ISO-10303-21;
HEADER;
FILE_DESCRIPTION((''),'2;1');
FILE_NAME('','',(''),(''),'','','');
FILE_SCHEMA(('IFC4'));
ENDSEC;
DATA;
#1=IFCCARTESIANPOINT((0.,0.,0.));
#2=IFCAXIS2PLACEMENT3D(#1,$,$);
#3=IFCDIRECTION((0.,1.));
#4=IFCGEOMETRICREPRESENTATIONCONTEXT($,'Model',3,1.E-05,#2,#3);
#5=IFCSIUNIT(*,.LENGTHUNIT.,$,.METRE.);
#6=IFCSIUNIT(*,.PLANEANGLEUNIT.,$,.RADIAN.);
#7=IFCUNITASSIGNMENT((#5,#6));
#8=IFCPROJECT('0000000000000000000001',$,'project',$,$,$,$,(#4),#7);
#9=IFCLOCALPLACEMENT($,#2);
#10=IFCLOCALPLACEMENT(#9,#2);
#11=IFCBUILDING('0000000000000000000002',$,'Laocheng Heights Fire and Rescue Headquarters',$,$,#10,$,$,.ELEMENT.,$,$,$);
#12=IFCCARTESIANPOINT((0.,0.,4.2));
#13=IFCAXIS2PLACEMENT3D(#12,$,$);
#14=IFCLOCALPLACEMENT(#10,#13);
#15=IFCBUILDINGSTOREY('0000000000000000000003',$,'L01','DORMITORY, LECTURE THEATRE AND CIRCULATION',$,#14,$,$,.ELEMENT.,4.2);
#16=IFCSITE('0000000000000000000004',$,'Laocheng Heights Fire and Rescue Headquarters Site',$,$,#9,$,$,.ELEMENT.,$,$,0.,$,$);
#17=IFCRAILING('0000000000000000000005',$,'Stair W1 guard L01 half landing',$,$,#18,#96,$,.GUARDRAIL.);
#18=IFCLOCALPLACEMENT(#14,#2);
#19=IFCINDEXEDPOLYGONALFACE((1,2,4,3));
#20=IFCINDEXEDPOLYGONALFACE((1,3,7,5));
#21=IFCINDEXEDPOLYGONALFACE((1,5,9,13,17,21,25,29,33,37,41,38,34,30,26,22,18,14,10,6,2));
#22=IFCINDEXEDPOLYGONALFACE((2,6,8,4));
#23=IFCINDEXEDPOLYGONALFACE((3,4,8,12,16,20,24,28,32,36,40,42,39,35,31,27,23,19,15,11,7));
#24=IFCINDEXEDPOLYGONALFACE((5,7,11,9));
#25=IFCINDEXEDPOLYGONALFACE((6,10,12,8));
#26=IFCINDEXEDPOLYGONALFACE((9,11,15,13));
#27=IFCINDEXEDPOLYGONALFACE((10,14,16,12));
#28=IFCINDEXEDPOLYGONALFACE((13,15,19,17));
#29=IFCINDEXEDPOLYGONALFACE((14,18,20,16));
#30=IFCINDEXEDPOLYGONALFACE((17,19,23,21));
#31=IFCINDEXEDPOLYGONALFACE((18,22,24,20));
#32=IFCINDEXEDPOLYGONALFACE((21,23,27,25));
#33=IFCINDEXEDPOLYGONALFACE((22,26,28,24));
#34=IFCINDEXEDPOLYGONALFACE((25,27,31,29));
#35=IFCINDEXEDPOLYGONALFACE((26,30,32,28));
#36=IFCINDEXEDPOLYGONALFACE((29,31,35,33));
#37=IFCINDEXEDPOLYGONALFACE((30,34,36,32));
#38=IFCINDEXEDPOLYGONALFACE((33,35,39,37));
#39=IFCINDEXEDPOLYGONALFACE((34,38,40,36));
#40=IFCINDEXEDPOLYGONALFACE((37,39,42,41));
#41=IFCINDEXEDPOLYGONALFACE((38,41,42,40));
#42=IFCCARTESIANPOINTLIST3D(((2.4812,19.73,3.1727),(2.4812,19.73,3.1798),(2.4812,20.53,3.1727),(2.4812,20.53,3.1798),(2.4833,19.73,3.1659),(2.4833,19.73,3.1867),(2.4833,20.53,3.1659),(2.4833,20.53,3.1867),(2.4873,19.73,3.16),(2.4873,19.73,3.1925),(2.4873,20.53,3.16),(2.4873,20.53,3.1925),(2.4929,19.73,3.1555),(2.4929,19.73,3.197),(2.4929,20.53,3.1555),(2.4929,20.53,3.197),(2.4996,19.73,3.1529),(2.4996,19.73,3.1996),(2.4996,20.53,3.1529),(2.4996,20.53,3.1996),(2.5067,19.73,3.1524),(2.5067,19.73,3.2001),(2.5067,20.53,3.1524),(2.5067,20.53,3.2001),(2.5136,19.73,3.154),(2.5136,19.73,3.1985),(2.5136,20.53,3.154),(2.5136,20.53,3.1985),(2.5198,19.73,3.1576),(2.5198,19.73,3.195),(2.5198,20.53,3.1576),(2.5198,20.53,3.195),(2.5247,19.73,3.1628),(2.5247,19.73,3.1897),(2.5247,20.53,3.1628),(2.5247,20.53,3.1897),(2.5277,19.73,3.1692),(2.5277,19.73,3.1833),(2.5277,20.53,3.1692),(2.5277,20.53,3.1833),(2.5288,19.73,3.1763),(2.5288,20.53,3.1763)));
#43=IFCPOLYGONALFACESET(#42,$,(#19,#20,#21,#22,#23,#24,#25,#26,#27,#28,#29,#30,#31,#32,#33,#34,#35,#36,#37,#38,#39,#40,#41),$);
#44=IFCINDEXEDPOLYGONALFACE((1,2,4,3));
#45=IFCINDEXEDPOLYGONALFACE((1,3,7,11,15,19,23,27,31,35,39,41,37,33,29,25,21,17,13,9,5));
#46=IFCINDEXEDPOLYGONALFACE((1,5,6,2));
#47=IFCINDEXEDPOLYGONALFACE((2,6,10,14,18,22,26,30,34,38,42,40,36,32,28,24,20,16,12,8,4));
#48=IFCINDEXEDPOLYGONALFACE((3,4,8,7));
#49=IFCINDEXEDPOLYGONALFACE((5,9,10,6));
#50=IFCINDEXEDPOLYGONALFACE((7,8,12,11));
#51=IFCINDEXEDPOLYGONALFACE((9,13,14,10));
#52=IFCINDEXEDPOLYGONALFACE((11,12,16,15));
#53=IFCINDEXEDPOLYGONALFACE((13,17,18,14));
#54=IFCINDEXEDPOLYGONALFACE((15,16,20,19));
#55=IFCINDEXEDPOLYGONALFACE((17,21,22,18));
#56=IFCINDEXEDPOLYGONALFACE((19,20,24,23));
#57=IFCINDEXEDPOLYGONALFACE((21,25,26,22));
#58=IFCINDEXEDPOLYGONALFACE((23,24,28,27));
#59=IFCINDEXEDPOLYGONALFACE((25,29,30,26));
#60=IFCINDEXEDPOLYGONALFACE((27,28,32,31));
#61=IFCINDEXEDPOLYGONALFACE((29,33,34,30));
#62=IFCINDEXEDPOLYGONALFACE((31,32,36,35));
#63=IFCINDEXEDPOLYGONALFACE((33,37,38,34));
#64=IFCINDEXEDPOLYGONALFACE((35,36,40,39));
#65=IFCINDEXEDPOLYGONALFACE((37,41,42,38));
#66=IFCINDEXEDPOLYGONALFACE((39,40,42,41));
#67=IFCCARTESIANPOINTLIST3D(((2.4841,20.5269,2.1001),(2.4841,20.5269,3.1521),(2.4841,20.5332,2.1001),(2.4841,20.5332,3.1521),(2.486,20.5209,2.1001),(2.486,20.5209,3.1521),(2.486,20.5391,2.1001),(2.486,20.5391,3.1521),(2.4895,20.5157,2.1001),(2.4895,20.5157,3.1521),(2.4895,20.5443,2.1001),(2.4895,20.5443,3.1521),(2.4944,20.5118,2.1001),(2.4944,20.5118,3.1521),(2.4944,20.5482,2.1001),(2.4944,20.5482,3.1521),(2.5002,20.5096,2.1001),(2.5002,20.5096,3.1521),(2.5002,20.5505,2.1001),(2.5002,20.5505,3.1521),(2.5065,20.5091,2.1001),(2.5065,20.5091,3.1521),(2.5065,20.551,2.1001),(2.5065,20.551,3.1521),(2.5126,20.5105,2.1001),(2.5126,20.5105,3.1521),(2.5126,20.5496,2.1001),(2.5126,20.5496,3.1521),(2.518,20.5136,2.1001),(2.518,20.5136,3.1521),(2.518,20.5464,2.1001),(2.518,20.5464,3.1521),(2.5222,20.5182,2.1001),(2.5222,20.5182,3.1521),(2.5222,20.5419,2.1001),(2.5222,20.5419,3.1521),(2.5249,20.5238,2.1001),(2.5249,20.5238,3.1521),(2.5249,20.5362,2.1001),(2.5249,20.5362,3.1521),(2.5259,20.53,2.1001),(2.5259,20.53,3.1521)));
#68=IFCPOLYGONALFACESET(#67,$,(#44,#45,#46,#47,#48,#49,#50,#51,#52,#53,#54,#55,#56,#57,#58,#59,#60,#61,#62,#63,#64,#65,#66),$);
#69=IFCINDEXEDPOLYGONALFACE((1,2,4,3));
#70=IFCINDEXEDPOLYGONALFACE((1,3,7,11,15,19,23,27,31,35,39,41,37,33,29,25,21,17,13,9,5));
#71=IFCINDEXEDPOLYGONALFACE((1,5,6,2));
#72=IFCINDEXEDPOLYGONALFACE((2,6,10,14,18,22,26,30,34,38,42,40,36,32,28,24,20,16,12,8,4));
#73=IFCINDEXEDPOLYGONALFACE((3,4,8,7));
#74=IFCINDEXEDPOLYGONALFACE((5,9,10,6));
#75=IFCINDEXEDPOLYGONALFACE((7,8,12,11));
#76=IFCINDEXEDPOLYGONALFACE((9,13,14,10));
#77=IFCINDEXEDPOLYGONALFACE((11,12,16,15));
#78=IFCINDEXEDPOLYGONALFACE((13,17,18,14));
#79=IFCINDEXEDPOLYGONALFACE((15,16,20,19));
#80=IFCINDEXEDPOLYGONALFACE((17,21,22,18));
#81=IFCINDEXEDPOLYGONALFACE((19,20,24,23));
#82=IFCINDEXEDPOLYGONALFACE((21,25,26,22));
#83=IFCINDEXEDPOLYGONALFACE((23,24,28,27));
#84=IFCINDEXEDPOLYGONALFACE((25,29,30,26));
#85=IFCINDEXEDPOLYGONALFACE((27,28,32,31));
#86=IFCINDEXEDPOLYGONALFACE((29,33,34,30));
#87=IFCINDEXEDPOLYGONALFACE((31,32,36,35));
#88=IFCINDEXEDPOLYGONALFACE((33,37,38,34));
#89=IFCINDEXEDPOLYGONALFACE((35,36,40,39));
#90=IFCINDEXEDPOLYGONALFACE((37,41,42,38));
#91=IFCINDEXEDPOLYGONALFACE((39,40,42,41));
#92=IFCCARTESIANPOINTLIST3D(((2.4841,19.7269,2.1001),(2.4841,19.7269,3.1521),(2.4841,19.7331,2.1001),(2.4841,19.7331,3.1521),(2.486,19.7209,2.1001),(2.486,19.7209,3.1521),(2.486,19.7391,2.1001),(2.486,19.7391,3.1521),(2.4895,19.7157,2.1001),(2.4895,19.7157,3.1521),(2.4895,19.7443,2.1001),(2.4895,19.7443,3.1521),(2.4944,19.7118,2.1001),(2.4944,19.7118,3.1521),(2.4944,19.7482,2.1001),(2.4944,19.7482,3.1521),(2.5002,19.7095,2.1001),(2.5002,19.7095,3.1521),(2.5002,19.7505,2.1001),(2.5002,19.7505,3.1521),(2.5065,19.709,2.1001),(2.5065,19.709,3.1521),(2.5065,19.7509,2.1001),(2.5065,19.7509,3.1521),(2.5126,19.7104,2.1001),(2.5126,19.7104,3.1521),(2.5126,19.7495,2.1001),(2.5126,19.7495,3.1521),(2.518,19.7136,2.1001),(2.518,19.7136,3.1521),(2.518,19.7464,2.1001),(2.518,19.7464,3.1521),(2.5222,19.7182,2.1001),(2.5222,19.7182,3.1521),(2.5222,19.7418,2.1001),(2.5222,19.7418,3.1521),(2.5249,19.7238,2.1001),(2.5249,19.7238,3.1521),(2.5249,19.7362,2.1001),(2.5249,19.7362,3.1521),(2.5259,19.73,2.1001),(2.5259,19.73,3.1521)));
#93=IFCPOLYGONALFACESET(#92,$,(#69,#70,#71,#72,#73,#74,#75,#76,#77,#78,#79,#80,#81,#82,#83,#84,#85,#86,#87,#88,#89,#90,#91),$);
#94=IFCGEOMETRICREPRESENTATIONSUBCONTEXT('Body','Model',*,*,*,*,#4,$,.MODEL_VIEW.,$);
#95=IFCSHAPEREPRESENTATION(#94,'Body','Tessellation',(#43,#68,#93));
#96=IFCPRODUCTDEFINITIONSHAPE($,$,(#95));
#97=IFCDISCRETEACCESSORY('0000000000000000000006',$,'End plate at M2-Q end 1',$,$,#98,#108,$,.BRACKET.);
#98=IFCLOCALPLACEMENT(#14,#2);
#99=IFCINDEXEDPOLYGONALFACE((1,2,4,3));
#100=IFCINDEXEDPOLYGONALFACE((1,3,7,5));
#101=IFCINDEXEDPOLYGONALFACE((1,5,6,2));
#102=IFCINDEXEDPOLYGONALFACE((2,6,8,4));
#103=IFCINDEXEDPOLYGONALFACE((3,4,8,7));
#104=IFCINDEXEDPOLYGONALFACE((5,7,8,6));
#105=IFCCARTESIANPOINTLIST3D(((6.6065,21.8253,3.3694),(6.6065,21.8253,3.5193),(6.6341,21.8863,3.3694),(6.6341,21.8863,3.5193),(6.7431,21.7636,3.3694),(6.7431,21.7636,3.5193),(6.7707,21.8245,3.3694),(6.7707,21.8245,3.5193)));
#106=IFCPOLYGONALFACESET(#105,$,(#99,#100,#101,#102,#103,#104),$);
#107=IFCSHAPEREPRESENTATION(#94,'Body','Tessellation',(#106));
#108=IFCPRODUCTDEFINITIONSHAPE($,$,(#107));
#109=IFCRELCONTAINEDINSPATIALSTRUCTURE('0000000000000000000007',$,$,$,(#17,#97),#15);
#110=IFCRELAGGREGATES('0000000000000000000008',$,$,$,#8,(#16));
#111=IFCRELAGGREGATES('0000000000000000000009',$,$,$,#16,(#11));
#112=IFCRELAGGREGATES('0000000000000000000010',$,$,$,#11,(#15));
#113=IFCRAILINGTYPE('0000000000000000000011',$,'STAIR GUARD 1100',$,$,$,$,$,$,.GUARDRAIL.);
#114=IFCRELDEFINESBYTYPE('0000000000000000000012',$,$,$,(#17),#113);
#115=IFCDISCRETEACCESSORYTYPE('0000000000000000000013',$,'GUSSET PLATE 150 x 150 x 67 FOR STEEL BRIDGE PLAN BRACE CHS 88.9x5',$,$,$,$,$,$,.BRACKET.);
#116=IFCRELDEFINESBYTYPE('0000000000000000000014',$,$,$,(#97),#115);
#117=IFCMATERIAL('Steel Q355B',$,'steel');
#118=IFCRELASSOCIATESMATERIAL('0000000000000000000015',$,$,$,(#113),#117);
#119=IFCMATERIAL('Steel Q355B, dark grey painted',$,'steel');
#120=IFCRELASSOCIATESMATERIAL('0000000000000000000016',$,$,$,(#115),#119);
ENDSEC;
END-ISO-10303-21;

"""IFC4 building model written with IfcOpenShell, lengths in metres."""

from ifc_helpers import new_model, si_unit, direction, frame, origin, origin_2d, place, context, subcontext, project, spatial, rectangle, circle, extrude, material, material_profile, profile_set, type_object, element, save


model = new_model("IFC4")

# Units and contexts
model_context = context("Model", 3, precision=1e-05, world=origin(), true_north=direction((0.0, 1.0)))
body_context = subcontext(model_context, "Body", "Model", "MODEL_VIEW")
ifc_project = project(units=[si_unit("LENGTHUNIT", "METRE"), si_unit("PLANEANGLEUNIT", "RADIAN")], contexts=[model_context])

# Site, building, storey
site_placement = place(None, origin())
site = spatial("IfcSite", under=ifc_project, at=site_placement, Name="Laocheng Heights Fire and Rescue Headquarters Site", CompositionType="ELEMENT", RefElevation=0.0)
building_placement = place(site_placement, origin())
building = spatial("IfcBuilding", under=site, at=building_placement, Name="Laocheng Heights Fire and Rescue Headquarters", CompositionType="ELEMENT")
storey_placement = place(building_placement, frame((0.0, 0.0, 4.2)))
storey = spatial("IfcBuildingStorey", under=building, at=storey_placement, Name="L01", Description="DORMITORY, LECTURE THEATRE AND CIRCULATION", CompositionType="ELEMENT", Elevation=4.2)

# Railing
ifc_material_1 = material(Name="Steel Q355B", Category="steel")
railing_type_1 = type_object("IfcRailingType", Name="STAIR GUARD 1100", PredefinedType="GUARDRAIL", material=ifc_material_1)
railing_1_placement = place(storey_placement, frame((2.5049, 20.53, 2.1001)))
element("IfcRailing", 1, at=railing_1_placement, inside=storey, type_object=railing_type_1, Name="Stair W1 guard L01 half landing", PredefinedType="GUARDRAIL", context=body_context, shape_type="SweptSolid", body=[
    extrude(circle(Radius=0.0239, at=origin_2d()), frame((0.0, 0.0, 1.0762), z_axis=(0.0, -1.0, 0.0), x_axis=(1.0, 0.0, 0.0)), (0.0, 0.0, 1.0), 0.8),
    extrude(circle(Radius=0.021, at=origin_2d()), origin(), (0.0, 0.0, 1.0), 1.052),
    extrude(circle(Radius=0.021, at=origin_2d()), frame((0.0, -0.8, 0.0)), (0.0, 0.0, 1.0), 1.052),
])

# Discrete accessory
ifc_material_2 = material(Name="Steel Q355B, dark grey painted", Category="steel")
ifc_material_profile_1 = material_profile(ifc_material_2, rectangle(XDim=0.1499, YDim=0.1499, at=origin_2d()), Name="GUSSET PLATE 150 x 150 x 67 FOR STEEL BRIDGE PLAN BRACE CHS 88.9x5")
ifc_profile_set_1 = profile_set([ifc_material_profile_1], Name="Steel Q355B, dark grey painted")
discrete_accessory_type = type_object("IfcDiscreteAccessoryType", Name="GUSSET PLATE 150 x 150 x 67 FOR STEEL BRIDGE PLAN BRACE CHS 88.9x5", PredefinedType="BRACKET", material=ifc_profile_set_1)
discrete_accessory_placement = place(storey_placement, frame((6.6748, 21.7944, 3.4443), z_axis=(0.41188, 0.911238, 0.0), x_axis=(-0.911238, 0.41188, 0.0)))
element("IfcDiscreteAccessory", 2, at=discrete_accessory_placement, inside=storey, type_object=discrete_accessory_type, Name="End plate at M2-Q end 1", PredefinedType="BRACKET", context=body_context, shape_type="SweptSolid", body=[
    extrude(rectangle(XDim=0.1499, YDim=0.1499, at=origin_2d()), origin(), (0.0, 0.0, 1.0), 0.0669),
])

save(model, "model.ifc")
